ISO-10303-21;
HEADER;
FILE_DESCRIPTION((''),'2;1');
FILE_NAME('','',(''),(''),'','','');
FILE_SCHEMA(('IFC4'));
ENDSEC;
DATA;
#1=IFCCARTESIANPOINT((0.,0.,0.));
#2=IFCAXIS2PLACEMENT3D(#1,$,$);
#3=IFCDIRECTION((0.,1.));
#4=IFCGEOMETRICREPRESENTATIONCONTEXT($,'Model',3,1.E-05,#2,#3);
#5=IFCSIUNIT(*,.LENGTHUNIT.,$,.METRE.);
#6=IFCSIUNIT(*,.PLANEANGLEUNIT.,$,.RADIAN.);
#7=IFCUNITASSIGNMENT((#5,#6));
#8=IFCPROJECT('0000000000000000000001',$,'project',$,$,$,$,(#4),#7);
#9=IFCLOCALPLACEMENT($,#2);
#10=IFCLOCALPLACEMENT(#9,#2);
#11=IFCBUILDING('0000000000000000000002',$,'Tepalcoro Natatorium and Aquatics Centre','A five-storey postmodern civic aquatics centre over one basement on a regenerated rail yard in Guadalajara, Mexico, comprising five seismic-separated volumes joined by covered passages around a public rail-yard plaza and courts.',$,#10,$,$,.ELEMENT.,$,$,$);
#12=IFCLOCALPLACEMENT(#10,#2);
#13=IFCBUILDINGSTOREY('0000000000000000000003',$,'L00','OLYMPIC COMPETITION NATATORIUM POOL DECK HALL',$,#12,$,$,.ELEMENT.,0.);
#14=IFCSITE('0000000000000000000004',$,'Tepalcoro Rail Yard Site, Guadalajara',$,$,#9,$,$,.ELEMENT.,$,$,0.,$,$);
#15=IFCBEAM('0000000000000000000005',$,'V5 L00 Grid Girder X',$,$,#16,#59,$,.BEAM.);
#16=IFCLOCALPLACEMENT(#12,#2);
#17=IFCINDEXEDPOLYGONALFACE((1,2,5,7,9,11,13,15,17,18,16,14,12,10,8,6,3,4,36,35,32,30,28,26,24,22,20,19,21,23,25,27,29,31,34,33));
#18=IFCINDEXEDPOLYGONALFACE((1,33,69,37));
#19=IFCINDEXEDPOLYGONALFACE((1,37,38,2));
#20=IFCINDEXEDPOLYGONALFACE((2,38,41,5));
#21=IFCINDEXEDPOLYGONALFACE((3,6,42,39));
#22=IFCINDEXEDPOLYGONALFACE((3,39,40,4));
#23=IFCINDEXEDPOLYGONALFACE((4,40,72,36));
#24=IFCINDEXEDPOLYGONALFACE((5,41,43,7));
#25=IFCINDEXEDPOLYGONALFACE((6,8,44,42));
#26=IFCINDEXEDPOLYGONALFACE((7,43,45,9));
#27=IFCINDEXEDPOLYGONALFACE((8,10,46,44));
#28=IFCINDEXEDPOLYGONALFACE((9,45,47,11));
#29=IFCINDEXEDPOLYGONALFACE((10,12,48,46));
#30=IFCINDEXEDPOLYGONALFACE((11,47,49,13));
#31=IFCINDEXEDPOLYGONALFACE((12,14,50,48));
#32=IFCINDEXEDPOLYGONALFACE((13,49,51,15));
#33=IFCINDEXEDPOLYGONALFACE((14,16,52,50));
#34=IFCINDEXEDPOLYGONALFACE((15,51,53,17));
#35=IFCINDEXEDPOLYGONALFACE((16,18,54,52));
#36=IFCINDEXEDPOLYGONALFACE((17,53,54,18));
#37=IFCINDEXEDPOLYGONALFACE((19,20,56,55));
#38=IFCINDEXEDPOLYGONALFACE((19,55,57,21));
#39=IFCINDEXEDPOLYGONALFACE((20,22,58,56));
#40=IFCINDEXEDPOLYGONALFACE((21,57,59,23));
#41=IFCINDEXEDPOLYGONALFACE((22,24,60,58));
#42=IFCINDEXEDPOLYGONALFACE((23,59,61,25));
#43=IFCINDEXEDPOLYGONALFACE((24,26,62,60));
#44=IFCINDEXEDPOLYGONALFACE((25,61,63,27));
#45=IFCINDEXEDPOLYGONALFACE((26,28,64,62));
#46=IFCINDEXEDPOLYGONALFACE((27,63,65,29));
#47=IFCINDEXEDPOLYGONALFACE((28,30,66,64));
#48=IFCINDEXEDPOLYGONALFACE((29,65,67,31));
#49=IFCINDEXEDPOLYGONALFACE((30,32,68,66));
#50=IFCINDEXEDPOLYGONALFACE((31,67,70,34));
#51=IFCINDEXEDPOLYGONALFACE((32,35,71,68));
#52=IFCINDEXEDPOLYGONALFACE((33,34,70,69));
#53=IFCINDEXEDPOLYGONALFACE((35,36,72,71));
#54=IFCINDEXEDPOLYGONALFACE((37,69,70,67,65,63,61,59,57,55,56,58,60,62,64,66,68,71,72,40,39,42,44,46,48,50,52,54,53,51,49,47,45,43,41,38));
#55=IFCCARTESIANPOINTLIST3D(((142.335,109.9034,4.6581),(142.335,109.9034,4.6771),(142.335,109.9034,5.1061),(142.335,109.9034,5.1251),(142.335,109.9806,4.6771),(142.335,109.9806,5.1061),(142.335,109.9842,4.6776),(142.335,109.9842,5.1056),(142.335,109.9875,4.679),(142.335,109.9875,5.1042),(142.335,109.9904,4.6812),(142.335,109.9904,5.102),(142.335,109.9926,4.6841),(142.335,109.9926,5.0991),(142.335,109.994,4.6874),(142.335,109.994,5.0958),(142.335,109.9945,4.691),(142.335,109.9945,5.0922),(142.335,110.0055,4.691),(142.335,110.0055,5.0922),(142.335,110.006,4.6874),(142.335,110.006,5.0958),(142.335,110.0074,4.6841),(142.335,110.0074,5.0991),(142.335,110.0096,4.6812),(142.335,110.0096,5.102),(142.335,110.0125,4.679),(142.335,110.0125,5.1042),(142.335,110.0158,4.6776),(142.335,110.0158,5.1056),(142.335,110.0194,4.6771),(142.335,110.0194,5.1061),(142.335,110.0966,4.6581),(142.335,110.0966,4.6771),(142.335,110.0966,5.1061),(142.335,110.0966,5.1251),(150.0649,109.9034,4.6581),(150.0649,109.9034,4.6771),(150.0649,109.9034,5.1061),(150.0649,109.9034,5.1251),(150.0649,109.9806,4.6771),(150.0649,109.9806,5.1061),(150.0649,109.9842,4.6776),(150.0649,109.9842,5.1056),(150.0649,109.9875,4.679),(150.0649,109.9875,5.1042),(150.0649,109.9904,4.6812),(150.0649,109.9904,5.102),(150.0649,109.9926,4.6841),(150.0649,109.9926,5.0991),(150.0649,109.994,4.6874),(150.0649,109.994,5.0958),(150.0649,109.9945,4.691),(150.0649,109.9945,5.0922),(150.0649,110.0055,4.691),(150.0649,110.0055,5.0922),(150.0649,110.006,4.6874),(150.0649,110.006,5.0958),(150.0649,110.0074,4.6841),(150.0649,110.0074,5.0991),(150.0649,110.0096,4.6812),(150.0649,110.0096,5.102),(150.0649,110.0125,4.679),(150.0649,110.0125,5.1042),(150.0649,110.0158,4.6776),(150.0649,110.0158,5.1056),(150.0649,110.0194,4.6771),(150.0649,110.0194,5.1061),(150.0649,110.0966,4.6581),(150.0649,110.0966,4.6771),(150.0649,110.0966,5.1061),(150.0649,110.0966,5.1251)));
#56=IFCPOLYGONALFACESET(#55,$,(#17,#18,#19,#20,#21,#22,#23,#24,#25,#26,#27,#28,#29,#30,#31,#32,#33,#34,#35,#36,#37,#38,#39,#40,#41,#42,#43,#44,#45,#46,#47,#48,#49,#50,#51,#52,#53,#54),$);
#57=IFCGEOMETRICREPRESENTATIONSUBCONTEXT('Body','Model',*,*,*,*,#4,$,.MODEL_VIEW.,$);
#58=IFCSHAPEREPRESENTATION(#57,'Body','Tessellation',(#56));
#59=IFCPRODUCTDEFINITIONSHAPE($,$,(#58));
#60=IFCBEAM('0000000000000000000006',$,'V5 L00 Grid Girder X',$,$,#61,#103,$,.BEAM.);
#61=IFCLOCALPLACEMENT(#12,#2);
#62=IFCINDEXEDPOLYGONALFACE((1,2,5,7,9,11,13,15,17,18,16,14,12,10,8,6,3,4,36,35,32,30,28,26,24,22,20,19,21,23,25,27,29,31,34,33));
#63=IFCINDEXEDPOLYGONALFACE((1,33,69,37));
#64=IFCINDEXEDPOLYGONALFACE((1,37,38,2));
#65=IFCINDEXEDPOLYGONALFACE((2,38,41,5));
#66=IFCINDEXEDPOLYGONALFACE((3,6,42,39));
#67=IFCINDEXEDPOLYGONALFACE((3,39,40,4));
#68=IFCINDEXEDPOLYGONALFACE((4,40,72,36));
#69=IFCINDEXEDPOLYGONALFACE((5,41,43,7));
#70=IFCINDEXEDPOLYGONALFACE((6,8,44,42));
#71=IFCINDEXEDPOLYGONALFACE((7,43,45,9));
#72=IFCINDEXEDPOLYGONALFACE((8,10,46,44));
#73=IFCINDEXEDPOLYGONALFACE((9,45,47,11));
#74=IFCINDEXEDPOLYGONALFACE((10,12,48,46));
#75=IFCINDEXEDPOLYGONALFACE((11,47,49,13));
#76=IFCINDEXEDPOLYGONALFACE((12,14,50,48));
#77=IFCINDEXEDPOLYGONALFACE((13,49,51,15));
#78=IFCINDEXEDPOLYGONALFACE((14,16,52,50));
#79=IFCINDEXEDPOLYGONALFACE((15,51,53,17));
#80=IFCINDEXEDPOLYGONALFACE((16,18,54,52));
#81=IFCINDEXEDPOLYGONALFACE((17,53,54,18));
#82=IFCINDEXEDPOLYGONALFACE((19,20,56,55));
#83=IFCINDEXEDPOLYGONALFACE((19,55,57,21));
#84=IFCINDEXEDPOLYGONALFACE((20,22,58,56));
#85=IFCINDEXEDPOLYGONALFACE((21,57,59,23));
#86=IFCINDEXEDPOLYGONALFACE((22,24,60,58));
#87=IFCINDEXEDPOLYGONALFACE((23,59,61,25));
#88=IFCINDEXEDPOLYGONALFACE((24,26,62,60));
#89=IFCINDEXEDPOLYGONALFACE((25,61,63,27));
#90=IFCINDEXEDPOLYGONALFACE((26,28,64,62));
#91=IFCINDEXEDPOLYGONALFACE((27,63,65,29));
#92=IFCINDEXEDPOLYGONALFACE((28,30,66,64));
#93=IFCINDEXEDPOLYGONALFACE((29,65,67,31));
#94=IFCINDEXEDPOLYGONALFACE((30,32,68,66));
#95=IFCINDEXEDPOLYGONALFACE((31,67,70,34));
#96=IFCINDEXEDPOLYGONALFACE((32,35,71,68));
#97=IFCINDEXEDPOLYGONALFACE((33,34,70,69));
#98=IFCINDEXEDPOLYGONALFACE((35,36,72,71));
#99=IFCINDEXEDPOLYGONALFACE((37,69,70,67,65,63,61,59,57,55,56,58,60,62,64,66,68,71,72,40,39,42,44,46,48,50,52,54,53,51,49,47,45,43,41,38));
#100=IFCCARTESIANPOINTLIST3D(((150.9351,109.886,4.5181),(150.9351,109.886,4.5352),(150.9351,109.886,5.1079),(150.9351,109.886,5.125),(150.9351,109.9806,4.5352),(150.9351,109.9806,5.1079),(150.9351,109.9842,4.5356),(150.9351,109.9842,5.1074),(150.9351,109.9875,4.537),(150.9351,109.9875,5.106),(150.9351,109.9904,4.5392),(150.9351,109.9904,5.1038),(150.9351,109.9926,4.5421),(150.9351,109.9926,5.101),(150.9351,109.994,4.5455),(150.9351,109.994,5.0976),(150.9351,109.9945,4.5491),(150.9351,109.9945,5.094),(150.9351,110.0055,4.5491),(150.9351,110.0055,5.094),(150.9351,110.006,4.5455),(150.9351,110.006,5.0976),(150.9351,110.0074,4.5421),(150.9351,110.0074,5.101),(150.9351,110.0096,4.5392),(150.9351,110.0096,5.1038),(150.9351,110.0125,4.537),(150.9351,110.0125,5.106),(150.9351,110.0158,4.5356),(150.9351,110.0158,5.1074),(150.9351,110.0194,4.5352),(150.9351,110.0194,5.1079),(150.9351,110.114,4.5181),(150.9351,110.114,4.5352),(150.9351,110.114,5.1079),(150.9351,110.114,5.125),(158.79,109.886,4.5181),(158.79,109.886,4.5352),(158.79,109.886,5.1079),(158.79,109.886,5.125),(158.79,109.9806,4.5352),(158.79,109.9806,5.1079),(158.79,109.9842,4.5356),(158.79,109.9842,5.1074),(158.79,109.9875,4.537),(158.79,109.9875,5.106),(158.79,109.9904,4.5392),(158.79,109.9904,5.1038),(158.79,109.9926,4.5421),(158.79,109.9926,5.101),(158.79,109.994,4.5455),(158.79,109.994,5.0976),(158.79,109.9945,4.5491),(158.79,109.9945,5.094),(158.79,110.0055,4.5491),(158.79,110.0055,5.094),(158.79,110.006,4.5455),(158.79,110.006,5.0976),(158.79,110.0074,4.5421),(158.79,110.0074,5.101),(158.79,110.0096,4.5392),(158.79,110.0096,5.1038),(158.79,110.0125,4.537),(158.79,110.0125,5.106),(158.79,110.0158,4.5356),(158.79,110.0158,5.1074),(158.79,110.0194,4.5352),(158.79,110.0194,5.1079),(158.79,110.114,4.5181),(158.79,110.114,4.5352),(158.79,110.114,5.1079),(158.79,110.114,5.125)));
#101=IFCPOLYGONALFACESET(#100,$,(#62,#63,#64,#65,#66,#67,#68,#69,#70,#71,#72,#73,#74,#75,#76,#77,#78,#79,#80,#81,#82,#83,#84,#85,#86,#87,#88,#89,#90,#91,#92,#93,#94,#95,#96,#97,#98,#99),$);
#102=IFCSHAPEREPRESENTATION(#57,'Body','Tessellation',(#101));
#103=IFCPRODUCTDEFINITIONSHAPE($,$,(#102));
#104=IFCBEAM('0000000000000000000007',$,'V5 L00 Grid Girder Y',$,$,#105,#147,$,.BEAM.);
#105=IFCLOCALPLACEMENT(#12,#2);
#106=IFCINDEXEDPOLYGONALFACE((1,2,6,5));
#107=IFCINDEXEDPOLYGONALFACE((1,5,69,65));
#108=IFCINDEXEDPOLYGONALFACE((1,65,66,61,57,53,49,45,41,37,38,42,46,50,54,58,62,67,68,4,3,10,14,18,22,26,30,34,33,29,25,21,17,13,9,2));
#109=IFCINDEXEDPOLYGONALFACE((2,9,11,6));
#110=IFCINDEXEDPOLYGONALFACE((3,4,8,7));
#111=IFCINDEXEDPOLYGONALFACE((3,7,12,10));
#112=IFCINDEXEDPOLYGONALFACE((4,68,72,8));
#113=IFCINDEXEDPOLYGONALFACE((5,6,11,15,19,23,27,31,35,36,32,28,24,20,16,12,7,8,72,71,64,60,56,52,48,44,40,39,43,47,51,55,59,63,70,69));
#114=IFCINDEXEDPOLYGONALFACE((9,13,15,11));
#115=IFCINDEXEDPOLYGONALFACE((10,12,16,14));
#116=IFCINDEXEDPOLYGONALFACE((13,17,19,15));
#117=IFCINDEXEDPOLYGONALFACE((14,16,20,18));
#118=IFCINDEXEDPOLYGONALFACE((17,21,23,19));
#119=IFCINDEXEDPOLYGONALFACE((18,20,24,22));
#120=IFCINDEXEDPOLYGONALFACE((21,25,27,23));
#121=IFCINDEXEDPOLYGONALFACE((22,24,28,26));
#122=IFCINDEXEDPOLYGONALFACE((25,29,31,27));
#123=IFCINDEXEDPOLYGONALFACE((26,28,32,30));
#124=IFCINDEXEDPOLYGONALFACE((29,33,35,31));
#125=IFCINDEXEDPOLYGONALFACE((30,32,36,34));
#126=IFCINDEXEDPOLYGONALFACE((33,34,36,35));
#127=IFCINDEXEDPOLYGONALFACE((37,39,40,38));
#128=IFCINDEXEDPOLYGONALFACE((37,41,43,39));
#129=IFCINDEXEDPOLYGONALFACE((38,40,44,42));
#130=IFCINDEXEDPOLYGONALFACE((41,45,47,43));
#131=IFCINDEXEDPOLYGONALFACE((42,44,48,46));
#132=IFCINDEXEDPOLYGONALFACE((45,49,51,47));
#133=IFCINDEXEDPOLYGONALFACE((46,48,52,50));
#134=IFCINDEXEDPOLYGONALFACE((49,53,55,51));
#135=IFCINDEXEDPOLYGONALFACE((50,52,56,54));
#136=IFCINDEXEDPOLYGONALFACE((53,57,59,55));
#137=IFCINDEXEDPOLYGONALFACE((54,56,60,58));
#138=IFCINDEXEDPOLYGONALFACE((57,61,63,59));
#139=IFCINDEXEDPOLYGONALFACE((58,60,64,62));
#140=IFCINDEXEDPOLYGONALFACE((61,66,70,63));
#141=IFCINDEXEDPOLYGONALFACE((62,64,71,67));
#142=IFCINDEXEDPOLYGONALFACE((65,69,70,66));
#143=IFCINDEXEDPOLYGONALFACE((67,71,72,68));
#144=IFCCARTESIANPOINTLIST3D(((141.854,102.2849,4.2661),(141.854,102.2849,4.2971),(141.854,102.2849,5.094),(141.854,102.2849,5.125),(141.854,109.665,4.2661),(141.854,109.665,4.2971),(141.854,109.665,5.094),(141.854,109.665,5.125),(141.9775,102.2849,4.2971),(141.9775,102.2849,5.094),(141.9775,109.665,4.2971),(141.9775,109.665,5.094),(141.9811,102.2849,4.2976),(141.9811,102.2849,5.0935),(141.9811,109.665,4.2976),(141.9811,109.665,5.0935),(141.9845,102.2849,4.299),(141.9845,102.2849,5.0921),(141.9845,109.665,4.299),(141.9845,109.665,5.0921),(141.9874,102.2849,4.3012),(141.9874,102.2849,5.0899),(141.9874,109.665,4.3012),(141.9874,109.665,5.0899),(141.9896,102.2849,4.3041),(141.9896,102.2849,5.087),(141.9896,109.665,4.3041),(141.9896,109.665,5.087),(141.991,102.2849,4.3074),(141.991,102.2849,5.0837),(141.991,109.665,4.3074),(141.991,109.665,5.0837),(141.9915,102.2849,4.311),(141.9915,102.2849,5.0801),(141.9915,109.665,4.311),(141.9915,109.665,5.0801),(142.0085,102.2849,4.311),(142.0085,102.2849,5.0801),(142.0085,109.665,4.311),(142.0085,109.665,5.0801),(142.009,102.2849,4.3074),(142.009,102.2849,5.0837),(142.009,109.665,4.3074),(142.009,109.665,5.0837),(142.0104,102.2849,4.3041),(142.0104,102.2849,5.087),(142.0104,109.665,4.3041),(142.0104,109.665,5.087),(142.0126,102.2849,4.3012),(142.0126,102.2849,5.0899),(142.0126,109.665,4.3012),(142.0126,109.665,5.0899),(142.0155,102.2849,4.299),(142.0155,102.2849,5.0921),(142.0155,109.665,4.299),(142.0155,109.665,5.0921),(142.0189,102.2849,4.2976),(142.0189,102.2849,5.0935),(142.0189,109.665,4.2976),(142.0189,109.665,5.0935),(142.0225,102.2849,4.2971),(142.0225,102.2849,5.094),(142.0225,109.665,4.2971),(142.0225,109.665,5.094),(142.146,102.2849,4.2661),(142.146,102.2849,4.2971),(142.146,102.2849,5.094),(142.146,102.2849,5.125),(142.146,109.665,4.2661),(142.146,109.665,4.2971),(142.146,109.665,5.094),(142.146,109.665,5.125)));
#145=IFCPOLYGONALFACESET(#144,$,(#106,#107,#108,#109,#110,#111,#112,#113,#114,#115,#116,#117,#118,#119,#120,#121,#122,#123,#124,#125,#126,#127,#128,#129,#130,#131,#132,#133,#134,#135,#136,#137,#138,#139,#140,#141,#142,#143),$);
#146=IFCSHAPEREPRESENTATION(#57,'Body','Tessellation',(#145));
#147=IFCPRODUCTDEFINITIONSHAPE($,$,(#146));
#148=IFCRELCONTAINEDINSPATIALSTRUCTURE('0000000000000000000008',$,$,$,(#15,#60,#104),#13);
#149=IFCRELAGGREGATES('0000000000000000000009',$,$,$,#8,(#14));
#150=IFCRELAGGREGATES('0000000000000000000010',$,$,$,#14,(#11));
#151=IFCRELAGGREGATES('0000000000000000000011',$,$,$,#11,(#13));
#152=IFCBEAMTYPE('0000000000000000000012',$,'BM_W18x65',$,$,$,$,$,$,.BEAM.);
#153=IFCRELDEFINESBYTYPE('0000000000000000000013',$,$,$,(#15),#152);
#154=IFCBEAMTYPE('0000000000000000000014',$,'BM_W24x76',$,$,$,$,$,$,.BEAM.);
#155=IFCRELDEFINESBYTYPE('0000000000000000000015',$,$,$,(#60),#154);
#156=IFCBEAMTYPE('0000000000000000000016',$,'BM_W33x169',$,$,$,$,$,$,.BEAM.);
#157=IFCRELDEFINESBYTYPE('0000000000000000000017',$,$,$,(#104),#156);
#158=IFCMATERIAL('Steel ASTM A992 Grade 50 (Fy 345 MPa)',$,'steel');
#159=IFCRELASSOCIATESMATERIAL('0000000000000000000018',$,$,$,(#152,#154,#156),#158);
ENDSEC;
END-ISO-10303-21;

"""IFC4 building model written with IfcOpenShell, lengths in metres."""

from ifc_helpers import new_model, si_unit, direction, frame, origin, origin_2d, place, context, subcontext, project, spatial, i_section, extrude, material, material_profile, profile_set, type_object, element, save


model = new_model("IFC4")

# Units and contexts
model_context = context("Model", 3, precision=1e-05, world=origin(), true_north=direction((0.0, 1.0)))
body_context = subcontext(model_context, "Body", "Model", "MODEL_VIEW")
ifc_project = project(units=[si_unit("LENGTHUNIT", "METRE"), si_unit("PLANEANGLEUNIT", "RADIAN")], contexts=[model_context])

# Site, building, storey
site_placement = place(None, origin())
site = spatial("IfcSite", under=ifc_project, at=site_placement, Name="Tepalcoro Rail Yard Site, Guadalajara", CompositionType="ELEMENT", RefElevation=0.0)
building_placement = place(site_placement, origin())
building = spatial("IfcBuilding", under=site, at=building_placement, Name="Tepalcoro Natatorium and Aquatics Centre", Description="A five-storey postmodern civic aquatics centre over one basement on a regenerated rail yard in Guadalajara, Mexico, comprising five seismic-separated volumes joined by covered passages around a public rail-yard plaza and courts.", CompositionType="ELEMENT")
storey_placement = place(building_placement, origin())
storey = spatial("IfcBuildingStorey", under=building, at=storey_placement, Name="L00", Description="OLYMPIC COMPETITION NATATORIUM POOL DECK HALL", CompositionType="ELEMENT", Elevation=0.0)

# Beams
ifc_material_1 = material(Name="Steel ASTM A992 Grade 50 (Fy 345 MPa)", Category="steel")
ifc_material_profile_1 = material_profile(ifc_material_1, i_section(OverallWidth=0.1931, OverallDepth=0.467, WebThickness=0.011, FlangeThickness=0.019, FilletRadius=0.0139, at=origin_2d()), Name="W18X65")
ifc_profile_set_1 = profile_set([ifc_material_profile_1], Name="Steel ASTM A992 Grade 50 (Fy 345 MPa)")
beam_type_1 = type_object("IfcBeamType", Name="BM_W18x65", PredefinedType="BEAM", material=ifc_profile_set_1)
beam_1_placement = place(storey_placement, frame((142.335, 110.0, 4.8916), z_axis=(1.0, 0.0, 0.0), x_axis=(0.0, 1.0, 0.0)))
element("IfcBeam", 1, at=beam_1_placement, inside=storey, type_object=beam_type_1, Name="V5 L00 Grid Girder X", PredefinedType="BEAM", context=body_context, shape_type="SweptSolid", body=[
    extrude(i_section(OverallWidth=0.1931, OverallDepth=0.467, WebThickness=0.011, FlangeThickness=0.019, FilletRadius=0.0139, at=origin_2d()), origin(), (0.0, 0.0, 1.0), 7.73),
])
ifc_material_profile_2 = material_profile(ifc_material_1, i_section(OverallWidth=0.228, OverallDepth=0.6069, WebThickness=0.011, FlangeThickness=0.0171, FilletRadius=0.0139, at=origin_2d()), Name="W24X76")
ifc_profile_set_2 = profile_set([ifc_material_profile_2], Name="Steel ASTM A992 Grade 50 (Fy 345 MPa)")
beam_type_2 = type_object("IfcBeamType", Name="BM_W24x76", PredefinedType="BEAM", material=ifc_profile_set_2)
beam_2_placement = place(storey_placement, frame((150.9351, 110.0, 4.8215), z_axis=(1.0, 0.0, 0.0), x_axis=(0.0, 1.0, 0.0)))
element("IfcBeam", 2, at=beam_2_placement, inside=storey, type_object=beam_type_2, Name="V5 L00 Grid Girder X", PredefinedType="BEAM", context=body_context, shape_type="SweptSolid", body=[
    extrude(i_section(OverallWidth=0.228, OverallDepth=0.6069, WebThickness=0.011, FlangeThickness=0.0171, FilletRadius=0.0139, at=origin_2d()), origin(), (0.0, 0.0, 1.0), 7.855),
])
ifc_material_profile_3 = material_profile(ifc_material_1, i_section(OverallWidth=0.292, OverallDepth=0.8589, WebThickness=0.0171, FlangeThickness=0.031, FilletRadius=0.0139, at=origin_2d()), Name="W33X169")
ifc_profile_set_3 = profile_set([ifc_material_profile_3], Name="Steel ASTM A992 Grade 50 (Fy 345 MPa)")
beam_type_3 = type_object("IfcBeamType", Name="BM_W33x169", PredefinedType="BEAM", material=ifc_profile_set_3)
beam_3_placement = place(storey_placement, frame((142.0, 102.2849, 4.6956), z_axis=(0.0, 1.0, 0.0), x_axis=(-1.0, 0.0, 0.0)))
element("IfcBeam", 3, at=beam_3_placement, inside=storey, type_object=beam_type_3, Name="V5 L00 Grid Girder Y", PredefinedType="BEAM", context=body_context, shape_type="SweptSolid", body=[
    extrude(i_section(OverallWidth=0.292, OverallDepth=0.8589, WebThickness=0.0171, FlangeThickness=0.031, FilletRadius=0.0139, at=origin_2d()), origin(), (0.0, 0.0, 1.0), 7.3801),
])

save(model, "model.ifc")
